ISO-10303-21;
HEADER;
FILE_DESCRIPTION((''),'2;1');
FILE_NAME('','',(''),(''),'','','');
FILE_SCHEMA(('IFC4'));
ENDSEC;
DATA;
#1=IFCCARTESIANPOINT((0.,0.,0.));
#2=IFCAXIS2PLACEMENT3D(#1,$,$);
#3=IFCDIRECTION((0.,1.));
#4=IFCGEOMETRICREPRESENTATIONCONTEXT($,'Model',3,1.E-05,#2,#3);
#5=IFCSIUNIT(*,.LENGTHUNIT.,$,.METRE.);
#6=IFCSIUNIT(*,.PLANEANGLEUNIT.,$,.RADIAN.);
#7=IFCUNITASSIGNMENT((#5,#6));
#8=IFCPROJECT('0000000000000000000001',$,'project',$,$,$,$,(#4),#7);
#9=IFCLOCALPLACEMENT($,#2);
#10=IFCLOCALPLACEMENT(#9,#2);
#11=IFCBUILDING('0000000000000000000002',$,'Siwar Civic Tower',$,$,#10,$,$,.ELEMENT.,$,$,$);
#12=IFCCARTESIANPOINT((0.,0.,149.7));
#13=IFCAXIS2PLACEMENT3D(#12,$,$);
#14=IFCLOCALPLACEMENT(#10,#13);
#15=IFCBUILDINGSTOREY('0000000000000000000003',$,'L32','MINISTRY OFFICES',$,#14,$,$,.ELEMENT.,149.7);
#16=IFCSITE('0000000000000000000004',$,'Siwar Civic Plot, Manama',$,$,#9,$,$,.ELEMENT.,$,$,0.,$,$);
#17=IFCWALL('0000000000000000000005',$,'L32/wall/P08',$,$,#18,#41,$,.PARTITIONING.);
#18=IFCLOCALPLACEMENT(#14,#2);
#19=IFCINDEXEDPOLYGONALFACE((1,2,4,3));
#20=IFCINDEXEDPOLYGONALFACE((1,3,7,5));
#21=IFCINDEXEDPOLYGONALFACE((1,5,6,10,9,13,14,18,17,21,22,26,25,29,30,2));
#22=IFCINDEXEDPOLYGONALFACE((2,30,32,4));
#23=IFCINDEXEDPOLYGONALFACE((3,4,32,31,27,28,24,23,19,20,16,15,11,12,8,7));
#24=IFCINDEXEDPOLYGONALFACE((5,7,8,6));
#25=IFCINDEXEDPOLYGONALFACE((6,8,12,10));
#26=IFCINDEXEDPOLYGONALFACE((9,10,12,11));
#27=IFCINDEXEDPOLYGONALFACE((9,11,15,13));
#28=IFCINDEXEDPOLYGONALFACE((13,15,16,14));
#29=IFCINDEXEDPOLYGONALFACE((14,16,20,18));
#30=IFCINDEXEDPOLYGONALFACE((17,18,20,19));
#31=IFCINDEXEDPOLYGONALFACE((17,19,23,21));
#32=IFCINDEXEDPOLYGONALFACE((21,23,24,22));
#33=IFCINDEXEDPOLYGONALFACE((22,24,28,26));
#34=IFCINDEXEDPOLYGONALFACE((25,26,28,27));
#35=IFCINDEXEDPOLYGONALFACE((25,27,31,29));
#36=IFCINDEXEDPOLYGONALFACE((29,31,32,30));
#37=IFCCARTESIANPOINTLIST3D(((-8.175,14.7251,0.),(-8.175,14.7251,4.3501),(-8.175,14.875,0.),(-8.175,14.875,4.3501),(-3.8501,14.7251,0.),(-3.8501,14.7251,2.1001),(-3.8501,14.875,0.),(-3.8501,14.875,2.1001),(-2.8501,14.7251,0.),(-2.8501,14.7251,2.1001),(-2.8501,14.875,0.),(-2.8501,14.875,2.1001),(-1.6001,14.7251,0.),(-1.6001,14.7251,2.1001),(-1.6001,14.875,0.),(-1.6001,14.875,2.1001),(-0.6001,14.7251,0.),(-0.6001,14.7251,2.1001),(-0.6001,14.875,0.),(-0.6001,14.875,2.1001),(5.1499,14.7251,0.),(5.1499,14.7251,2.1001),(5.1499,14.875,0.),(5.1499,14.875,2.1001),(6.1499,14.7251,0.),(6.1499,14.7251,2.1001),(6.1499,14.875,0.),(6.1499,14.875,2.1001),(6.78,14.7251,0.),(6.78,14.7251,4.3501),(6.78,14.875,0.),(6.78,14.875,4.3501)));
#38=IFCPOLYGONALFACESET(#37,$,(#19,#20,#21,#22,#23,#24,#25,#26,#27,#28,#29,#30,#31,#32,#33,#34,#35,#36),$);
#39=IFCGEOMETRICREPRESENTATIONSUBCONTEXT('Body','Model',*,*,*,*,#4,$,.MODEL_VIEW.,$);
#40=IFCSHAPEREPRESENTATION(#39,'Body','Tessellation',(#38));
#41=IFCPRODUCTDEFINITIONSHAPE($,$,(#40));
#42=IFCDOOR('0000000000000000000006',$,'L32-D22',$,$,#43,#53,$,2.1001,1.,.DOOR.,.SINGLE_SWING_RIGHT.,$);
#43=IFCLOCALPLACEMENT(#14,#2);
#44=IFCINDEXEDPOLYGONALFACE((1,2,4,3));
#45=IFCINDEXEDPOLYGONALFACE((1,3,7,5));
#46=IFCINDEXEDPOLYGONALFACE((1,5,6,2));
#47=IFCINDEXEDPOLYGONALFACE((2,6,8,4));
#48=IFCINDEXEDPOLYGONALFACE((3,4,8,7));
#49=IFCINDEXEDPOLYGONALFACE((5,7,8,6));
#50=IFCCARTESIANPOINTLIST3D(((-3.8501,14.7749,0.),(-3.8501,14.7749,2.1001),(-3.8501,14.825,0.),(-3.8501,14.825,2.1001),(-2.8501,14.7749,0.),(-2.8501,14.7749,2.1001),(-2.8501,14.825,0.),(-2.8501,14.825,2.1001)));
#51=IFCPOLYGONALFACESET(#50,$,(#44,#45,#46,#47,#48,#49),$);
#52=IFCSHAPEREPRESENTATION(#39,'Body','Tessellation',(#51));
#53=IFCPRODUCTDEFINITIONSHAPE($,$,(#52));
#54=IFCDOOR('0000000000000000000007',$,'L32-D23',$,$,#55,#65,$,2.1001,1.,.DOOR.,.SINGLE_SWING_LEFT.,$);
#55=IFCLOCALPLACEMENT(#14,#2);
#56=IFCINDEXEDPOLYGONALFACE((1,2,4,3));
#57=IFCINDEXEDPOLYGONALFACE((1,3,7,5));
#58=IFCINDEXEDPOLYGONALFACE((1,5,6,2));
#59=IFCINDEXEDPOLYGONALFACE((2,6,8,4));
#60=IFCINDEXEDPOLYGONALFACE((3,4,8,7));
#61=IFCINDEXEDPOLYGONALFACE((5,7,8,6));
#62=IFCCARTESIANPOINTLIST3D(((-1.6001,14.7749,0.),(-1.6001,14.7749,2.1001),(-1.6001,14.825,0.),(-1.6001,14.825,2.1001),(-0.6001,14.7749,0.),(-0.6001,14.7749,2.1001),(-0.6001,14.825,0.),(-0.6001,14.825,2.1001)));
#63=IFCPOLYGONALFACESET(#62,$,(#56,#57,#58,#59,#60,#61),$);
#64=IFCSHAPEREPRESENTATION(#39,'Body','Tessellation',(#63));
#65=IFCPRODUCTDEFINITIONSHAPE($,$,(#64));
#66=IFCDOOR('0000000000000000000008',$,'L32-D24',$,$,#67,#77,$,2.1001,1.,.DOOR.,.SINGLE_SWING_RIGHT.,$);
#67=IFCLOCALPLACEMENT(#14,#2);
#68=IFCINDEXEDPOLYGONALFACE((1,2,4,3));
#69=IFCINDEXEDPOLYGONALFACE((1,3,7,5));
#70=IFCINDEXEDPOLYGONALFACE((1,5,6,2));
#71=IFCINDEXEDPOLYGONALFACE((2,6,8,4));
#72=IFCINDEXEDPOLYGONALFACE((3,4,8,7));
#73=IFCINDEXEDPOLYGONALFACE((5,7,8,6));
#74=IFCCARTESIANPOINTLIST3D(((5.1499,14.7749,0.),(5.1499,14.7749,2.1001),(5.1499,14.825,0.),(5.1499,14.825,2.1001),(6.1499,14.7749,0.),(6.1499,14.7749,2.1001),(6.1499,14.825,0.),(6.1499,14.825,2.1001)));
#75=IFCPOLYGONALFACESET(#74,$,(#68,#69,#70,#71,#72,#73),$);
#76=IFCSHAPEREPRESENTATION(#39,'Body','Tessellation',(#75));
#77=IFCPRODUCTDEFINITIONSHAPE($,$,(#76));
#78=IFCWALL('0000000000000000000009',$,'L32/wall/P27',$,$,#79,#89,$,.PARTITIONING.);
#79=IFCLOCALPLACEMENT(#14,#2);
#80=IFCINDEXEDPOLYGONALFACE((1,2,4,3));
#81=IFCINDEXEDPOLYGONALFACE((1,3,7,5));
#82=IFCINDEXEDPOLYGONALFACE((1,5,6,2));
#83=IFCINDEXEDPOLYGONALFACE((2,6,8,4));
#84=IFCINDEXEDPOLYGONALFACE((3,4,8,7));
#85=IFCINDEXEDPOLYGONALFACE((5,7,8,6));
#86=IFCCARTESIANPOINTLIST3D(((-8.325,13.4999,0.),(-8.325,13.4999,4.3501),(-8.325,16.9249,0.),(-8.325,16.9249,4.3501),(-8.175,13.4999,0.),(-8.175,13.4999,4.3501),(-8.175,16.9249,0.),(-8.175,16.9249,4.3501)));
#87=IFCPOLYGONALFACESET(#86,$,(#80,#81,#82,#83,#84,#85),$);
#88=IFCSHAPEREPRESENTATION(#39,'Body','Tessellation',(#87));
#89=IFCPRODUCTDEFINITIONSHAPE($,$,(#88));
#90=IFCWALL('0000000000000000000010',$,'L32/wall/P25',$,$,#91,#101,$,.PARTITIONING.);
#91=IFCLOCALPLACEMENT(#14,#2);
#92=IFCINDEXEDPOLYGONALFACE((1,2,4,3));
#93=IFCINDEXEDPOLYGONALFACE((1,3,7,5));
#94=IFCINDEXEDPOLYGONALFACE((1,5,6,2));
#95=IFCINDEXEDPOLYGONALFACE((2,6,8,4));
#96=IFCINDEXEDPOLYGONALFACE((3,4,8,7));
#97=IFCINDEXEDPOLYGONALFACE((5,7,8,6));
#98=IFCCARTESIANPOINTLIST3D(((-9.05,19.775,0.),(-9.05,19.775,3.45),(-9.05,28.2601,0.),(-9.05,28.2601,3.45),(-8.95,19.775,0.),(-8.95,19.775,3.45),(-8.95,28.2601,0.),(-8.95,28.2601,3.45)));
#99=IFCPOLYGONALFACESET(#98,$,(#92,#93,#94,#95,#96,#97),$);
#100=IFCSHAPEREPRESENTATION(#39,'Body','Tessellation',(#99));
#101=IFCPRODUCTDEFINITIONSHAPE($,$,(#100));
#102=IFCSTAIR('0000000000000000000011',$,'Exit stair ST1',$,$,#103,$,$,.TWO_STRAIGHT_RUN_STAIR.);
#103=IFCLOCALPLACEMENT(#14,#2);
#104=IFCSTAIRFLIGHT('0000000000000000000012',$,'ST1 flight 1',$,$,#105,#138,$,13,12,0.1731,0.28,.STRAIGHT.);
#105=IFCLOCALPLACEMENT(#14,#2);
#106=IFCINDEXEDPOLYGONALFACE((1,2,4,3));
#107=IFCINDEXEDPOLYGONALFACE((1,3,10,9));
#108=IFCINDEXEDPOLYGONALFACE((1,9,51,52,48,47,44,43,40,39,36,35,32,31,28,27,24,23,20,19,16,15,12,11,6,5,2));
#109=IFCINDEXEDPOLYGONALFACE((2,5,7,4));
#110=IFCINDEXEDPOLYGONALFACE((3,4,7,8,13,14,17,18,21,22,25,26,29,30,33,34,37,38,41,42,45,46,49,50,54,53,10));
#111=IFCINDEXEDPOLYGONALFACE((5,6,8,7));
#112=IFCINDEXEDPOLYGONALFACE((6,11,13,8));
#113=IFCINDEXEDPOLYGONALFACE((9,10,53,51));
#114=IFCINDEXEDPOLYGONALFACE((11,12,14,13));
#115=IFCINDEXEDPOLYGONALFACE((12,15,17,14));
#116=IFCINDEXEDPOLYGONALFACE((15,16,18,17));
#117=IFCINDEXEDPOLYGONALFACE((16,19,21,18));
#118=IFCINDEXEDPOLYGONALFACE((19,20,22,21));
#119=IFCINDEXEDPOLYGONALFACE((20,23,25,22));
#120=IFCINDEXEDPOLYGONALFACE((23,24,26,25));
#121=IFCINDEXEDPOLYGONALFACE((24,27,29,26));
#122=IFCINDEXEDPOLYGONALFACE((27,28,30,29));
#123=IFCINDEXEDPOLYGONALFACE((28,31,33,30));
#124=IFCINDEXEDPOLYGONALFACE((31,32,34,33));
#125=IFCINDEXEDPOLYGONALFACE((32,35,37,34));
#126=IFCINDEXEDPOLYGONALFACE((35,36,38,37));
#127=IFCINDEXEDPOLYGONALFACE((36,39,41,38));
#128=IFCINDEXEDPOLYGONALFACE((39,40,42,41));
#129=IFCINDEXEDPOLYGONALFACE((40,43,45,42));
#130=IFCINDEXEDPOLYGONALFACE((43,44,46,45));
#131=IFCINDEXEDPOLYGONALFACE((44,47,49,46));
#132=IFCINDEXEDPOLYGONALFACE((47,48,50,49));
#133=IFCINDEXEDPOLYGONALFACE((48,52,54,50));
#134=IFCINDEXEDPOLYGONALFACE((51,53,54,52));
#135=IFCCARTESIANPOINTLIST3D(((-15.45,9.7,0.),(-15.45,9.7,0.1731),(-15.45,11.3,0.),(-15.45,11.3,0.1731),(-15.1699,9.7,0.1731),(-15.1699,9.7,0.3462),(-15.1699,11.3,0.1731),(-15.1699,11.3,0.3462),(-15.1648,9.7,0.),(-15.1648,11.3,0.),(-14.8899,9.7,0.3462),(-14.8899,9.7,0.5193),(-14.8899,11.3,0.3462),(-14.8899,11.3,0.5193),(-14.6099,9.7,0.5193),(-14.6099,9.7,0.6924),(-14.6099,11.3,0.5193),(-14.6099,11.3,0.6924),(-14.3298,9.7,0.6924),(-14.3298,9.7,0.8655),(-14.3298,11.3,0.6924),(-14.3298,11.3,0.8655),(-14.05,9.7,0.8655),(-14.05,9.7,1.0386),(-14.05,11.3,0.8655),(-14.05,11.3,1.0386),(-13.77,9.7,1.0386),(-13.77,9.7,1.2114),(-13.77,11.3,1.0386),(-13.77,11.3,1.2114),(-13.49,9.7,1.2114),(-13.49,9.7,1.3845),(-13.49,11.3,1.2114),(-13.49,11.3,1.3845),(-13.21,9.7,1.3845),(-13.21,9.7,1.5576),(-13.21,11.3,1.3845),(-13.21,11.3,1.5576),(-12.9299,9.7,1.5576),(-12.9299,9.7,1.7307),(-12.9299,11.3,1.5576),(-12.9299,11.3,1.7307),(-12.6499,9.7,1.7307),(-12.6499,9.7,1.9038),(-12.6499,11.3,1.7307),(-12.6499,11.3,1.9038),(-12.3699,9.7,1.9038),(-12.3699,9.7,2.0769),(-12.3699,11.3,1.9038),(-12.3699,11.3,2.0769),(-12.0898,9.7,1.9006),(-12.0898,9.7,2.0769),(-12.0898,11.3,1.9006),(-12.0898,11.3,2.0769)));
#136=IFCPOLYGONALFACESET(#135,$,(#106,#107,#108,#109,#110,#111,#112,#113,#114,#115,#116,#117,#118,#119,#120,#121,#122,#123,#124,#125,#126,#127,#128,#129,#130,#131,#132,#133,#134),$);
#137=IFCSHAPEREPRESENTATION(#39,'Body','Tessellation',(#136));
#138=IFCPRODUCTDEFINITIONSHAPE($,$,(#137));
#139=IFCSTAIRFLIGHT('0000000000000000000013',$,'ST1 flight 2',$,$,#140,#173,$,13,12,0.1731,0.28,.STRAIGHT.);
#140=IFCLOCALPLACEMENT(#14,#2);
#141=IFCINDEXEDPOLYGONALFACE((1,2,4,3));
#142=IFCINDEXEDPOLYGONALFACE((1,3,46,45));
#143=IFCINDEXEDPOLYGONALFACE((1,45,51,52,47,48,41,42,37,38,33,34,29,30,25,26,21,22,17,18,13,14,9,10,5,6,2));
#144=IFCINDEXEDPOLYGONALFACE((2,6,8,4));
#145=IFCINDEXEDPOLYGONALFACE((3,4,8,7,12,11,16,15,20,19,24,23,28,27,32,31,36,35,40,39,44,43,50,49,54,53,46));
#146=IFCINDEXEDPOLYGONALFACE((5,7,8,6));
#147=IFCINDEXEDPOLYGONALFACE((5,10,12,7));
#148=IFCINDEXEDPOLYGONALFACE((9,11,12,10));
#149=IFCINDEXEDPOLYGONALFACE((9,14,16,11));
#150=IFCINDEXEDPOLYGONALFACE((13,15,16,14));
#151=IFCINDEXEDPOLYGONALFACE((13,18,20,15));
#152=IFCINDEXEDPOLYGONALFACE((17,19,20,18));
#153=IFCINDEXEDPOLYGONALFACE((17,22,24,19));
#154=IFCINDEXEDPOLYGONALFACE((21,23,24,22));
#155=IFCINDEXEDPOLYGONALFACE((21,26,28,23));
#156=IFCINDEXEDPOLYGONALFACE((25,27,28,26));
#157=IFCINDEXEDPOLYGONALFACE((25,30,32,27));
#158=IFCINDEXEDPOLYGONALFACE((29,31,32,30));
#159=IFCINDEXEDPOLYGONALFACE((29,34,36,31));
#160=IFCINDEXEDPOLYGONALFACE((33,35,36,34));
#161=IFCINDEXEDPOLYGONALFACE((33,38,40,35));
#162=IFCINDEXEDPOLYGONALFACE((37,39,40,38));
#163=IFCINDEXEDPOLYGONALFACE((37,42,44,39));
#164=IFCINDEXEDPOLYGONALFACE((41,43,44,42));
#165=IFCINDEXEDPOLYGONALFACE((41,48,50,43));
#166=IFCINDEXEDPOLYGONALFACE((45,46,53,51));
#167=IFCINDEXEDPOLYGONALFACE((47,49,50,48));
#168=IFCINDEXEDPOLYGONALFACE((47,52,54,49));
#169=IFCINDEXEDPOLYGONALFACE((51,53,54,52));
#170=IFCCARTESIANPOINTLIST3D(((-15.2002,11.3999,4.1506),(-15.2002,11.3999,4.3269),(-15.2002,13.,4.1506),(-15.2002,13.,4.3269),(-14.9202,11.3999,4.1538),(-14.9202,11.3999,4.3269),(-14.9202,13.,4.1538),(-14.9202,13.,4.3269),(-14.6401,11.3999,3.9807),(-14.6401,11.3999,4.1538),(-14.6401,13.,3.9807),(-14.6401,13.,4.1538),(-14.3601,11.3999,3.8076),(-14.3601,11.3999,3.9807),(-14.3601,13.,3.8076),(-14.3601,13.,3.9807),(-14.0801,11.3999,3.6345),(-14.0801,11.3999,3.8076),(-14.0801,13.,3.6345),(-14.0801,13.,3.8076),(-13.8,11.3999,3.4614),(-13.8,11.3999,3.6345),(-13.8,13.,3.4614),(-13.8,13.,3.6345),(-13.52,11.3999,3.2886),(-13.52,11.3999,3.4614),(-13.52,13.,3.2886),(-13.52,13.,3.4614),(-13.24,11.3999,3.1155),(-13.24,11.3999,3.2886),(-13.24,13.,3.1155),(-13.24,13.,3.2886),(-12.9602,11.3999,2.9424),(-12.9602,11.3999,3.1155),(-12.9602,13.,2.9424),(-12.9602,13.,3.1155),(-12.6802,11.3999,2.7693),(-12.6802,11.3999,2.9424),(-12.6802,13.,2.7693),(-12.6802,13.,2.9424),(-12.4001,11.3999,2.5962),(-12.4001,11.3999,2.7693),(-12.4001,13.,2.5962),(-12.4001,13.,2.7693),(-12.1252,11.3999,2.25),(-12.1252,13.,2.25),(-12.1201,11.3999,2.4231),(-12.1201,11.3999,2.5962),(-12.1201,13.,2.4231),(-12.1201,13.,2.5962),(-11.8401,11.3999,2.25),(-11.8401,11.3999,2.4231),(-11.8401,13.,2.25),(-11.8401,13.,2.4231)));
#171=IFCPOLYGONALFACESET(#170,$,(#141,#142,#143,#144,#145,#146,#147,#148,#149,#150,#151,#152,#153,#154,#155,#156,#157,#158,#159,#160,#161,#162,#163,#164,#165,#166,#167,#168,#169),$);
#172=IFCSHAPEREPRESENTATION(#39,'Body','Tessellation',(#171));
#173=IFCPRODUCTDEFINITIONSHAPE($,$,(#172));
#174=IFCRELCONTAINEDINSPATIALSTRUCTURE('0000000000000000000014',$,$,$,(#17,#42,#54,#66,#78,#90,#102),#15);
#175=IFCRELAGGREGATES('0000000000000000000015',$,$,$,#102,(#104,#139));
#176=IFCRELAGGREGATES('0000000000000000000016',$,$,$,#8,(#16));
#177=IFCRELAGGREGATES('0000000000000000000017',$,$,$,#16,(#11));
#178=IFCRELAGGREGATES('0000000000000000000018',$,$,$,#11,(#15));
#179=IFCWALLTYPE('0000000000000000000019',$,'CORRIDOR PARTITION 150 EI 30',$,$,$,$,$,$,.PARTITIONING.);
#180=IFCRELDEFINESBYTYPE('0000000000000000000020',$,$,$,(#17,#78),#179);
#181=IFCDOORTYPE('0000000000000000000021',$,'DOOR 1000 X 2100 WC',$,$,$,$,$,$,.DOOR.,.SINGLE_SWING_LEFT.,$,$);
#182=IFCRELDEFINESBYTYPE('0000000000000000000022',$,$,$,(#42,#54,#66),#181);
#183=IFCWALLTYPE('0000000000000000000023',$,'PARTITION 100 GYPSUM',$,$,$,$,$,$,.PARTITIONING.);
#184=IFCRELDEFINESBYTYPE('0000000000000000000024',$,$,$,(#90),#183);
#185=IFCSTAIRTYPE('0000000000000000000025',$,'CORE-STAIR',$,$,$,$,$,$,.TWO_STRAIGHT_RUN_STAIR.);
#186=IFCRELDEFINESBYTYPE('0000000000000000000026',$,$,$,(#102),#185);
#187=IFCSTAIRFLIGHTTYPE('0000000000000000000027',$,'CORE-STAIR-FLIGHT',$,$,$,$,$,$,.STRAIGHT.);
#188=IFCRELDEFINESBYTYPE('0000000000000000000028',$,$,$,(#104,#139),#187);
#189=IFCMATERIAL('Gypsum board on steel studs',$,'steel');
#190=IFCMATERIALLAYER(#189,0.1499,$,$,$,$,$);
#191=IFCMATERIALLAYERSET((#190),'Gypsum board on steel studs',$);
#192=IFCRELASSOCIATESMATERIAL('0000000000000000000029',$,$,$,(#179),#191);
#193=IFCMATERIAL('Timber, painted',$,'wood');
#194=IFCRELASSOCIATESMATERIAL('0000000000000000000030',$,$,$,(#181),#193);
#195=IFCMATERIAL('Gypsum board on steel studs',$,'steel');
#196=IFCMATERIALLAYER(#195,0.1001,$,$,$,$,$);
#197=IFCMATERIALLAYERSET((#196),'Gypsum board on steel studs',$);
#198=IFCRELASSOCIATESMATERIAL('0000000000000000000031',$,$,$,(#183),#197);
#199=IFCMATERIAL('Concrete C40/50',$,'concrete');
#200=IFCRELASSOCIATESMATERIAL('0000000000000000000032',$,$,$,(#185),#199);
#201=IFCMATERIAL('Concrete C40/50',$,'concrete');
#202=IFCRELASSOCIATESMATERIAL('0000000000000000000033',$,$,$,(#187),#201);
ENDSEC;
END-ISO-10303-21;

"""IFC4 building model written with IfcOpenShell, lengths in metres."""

from ifc_helpers import new_model, si_unit, direction, frame, frame_2d, origin, place, context, subcontext, project, spatial, polyline, rectangle, outline, extrude, material, layer, layer_set, type_object, element, fill, aggregate, save


model = new_model("IFC4")

# Units and contexts
model_context = context("Model", 3, precision=1e-05, world=origin(), true_north=direction((0.0, 1.0)))
body_context = subcontext(model_context, "Body", "Model", "MODEL_VIEW")
ifc_project = project(units=[si_unit("LENGTHUNIT", "METRE"), si_unit("PLANEANGLEUNIT", "RADIAN")], contexts=[model_context])

# Site, building, storey
site_placement = place(None, origin())
site = spatial("IfcSite", under=ifc_project, at=site_placement, Name="Siwar Civic Plot, Manama", CompositionType="ELEMENT", RefElevation=0.0)
building_placement = place(site_placement, origin())
building = spatial("IfcBuilding", under=site, at=building_placement, Name="Siwar Civic Tower", CompositionType="ELEMENT")
storey_placement = place(building_placement, frame((0.0, 0.0, 149.7)))
storey = spatial("IfcBuildingStorey", under=building, at=storey_placement, Name="L32", Description="MINISTRY OFFICES", CompositionType="ELEMENT", Elevation=149.7)

# Wall, openings, doors
ifc_material_1 = material(Name="Gypsum board on steel studs", Category="steel")
ifc_layer_1 = layer(ifc_material_1, 0.1499)
ifc_layer_set_1 = layer_set([ifc_layer_1], Name="Gypsum board on steel studs")
wall_type_1 = type_object("IfcWallType", Name="CORRIDOR PARTITION 150 EI 30", PredefinedType="PARTITIONING", material=ifc_layer_set_1)
wall_1_placement = place(storey_placement, frame((-8.175, 14.8, 0.0), z_axis=(0.0, 0.0, 1.0), x_axis=(1.0, 0.0, 0.0)))
wall_1 = element("IfcWall", 1, at=wall_1_placement, inside=storey, type_object=wall_type_1, Name="L32/wall/P08", PredefinedType="PARTITIONING", context=body_context, shape_type="SweptSolid", body=[
    extrude(rectangle(XDim=14.9551, YDim=0.1499, at=frame_2d((7.4775, 0.0))), origin(), (0.0, 0.0, 1.0), 4.3501),
])
opening_1_placement = place(wall_1_placement, frame((4.325, 0.0, 0.0)))
opening_1 = element("IfcOpeningElement", 2, at=opening_1_placement, cuts=wall_1, PredefinedType="OPENING", context=body_context, shape_type="SweptSolid", body=[
    extrude(rectangle(XDim=1.0, YDim=2.1001, at=frame_2d((0.5, 1.05))), frame((0.0, 0.085, 0.0), z_axis=(0.0, -1.0, 0.0), x_axis=(1.0, 0.0, 0.0)), (0.0, 0.0, 1.0), 0.1699),
])
opening_2_placement = place(wall_1_placement, frame((6.575, 0.0, 0.0)))
opening_2 = element("IfcOpeningElement", 3, at=opening_2_placement, cuts=wall_1, PredefinedType="OPENING", context=body_context, shape_type="SweptSolid", body=[
    extrude(rectangle(XDim=1.0, YDim=2.1001, at=frame_2d((0.5, 1.05))), frame((0.0, 0.085, 0.0), z_axis=(0.0, -1.0, 0.0), x_axis=(1.0, 0.0, 0.0)), (0.0, 0.0, 1.0), 0.1699),
])
opening_3_placement = place(wall_1_placement, frame((13.325, 0.0, 0.0)))
opening_3 = element("IfcOpeningElement", 4, at=opening_3_placement, cuts=wall_1, PredefinedType="OPENING", context=body_context, shape_type="SweptSolid", body=[
    extrude(rectangle(XDim=1.0, YDim=2.1001, at=frame_2d((0.5, 1.05))), frame((0.0, 0.085, 0.0), z_axis=(0.0, -1.0, 0.0), x_axis=(1.0, 0.0, 0.0)), (0.0, 0.0, 1.0), 0.1699),
])
ifc_material_2 = material(Name="Timber, painted", Category="wood")
door_type_1 = type_object("IfcDoorType", Name="DOOR 1000 X 2100 WC", OperationType="SINGLE_SWING_LEFT", PredefinedType="DOOR", material=ifc_material_2)
door_1_placement = place(opening_1_placement, origin())
door_1 = element("IfcDoor", 5, at=door_1_placement, inside=storey, type_object=door_type_1, Name="L32-D22", OperationType="SINGLE_SWING_RIGHT", OverallHeight=2.1001, OverallWidth=1.0, PredefinedType="DOOR", context=body_context, shape_type="SweptSolid", body=[
    extrude(rectangle(XDim=1.0, YDim=2.1001, at=frame_2d((0.5, 1.05))), frame((0.0, 0.0249, 0.0), z_axis=(0.0, -1.0, 0.0), x_axis=(1.0, 0.0, 0.0)), (0.0, 0.0, 1.0), 0.05),
])
fill(opening_1, door_1)
door_2_placement = place(opening_2_placement, origin())
door_2 = element("IfcDoor", 6, at=door_2_placement, inside=storey, type_object=door_type_1, Name="L32-D23", OperationType="SINGLE_SWING_LEFT", OverallHeight=2.1001, OverallWidth=1.0, PredefinedType="DOOR", context=body_context, shape_type="SweptSolid", body=[
    extrude(rectangle(XDim=1.0, YDim=2.1001, at=frame_2d((0.5, 1.05))), frame((0.0, 0.0249, 0.0), z_axis=(0.0, -1.0, 0.0), x_axis=(1.0, 0.0, 0.0)), (0.0, 0.0, 1.0), 0.05),
])
fill(opening_2, door_2)
door_3_placement = place(opening_3_placement, origin())
door_3 = element("IfcDoor", 7, at=door_3_placement, inside=storey, type_object=door_type_1, Name="L32-D24", OperationType="SINGLE_SWING_RIGHT", OverallHeight=2.1001, OverallWidth=1.0, PredefinedType="DOOR", context=body_context, shape_type="SweptSolid", body=[
    extrude(rectangle(XDim=1.0, YDim=2.1001, at=frame_2d((0.5, 1.05))), frame((0.0, 0.0249, 0.0), z_axis=(0.0, -1.0, 0.0), x_axis=(1.0, 0.0, 0.0)), (0.0, 0.0, 1.0), 0.05),
])
fill(opening_3, door_3)

# Walls
wall_2_placement = place(storey_placement, frame((-8.25, 13.5, 0.0), z_axis=(0.0, 0.0, 1.0), x_axis=(0.0, 1.0, 0.0)))
element("IfcWall", 8, at=wall_2_placement, inside=storey, type_object=wall_type_1, Name="L32/wall/P27", PredefinedType="PARTITIONING", context=body_context, shape_type="SweptSolid", body=[
    extrude(rectangle(XDim=3.425, YDim=0.1499, at=frame_2d((1.7124, 0.0))), origin(), (0.0, 0.0, 1.0), 4.3501),
])
ifc_material_3 = material(Name="Gypsum board on steel studs", Category="steel")
ifc_layer_2 = layer(ifc_material_3, 0.1001)
ifc_layer_set_2 = layer_set([ifc_layer_2], Name="Gypsum board on steel studs")
wall_type_2 = type_object("IfcWallType", Name="PARTITION 100 GYPSUM", PredefinedType="PARTITIONING", material=ifc_layer_set_2)
wall_3_placement = place(storey_placement, frame((-9.0, 19.7749, 0.0), z_axis=(0.0, 0.0, 1.0), x_axis=(0.0, 1.0, 0.0)))
element("IfcWall", 9, at=wall_3_placement, inside=storey, type_object=wall_type_2, Name="L32/wall/P25", PredefinedType="PARTITIONING", context=body_context, shape_type="SweptSolid", body=[
    extrude(rectangle(XDim=8.4851, YDim=0.1001, at=frame_2d((4.2427, 0.0))), origin(), (0.0, 0.0, 1.0), 3.45),
])

# Stair, stair flights
ifc_material_4 = material(Name="Concrete C40/50", Category="concrete")
stair_type = type_object("IfcStairType", Name="CORE-STAIR", PredefinedType="TWO_STRAIGHT_RUN_STAIR", material=ifc_material_4)
stair_placement = place(storey_placement, origin())
stair = element("IfcStair", 10, at=stair_placement, inside=storey, type_object=stair_type, Name="Exit stair ST1", PredefinedType="TWO_STRAIGHT_RUN_STAIR")
ifc_material_5 = material(Name="Concrete C40/50", Category="concrete")
stair_flight_type = type_object("IfcStairFlightType", Name="CORE-STAIR-FLIGHT", PredefinedType="STRAIGHT", material=ifc_material_5)
stair_flight_1_placement = place(storey_placement, frame((-15.45, 10.5, 0.0), z_axis=(0.0, 0.0, 1.0), x_axis=(1.0, 0.0, 0.0)))
stair_flight_1 = element("IfcStairFlight", 11, at=stair_flight_1_placement, type_object=stair_flight_type, Name="ST1 flight 1", NumberOfRisers=13, NumberOfTreads=12, PredefinedType="STRAIGHT", RiserHeight=0.1731, TreadLength=0.28, context=body_context, shape_type="SweptSolid", body=[
    extrude(outline(polyline([(0.0, 0.0), (0.0, 0.1731), (0.28, 0.1731), (0.28, 0.3462), (0.5601, 0.3462), (0.5601, 0.5193), (0.8401, 0.5193), (0.8401, 0.6924), (1.1201, 0.6924), (1.1201, 0.8655), (1.3999, 0.8655), (1.3999, 1.0386), (1.6799, 1.0386), (1.6799, 1.2114), (1.96, 1.2114), (1.96, 1.3845), (2.24, 1.3845), (2.24, 1.5576), (2.52, 1.5576), (2.52, 1.7307), (2.8, 1.7307), (2.8, 1.9038), (3.0801, 1.9038), (3.0801, 2.0769), (3.3601, 2.0769), (3.3601, 2.25), (3.3601, 1.9006), (0.2852, 0.0), (0.0, 0.0)])), frame((0.0, 0.8, 0.0), z_axis=(0.0, -1.0, 0.0), x_axis=(1.0, 0.0, 0.0)), (0.0, 0.0, 1.0), 1.6001),
])
stair_flight_2_placement = place(storey_placement, frame((-11.8401, 12.2, 2.25), z_axis=(0.0, 0.0, 1.0), x_axis=(-1.0, 0.0, 0.0)))
stair_flight_2 = element("IfcStairFlight", 12, at=stair_flight_2_placement, type_object=stair_flight_type, Name="ST1 flight 2", NumberOfRisers=13, NumberOfTreads=12, PredefinedType="STRAIGHT", RiserHeight=0.1731, TreadLength=0.28, context=body_context, shape_type="SweptSolid", body=[
    extrude(outline(polyline([(0.0, 0.0), (0.0, 0.1731), (0.28, 0.1731), (0.28, 0.3462), (0.5601, 0.3462), (0.5601, 0.5193), (0.8401, 0.5193), (0.8401, 0.6924), (1.1201, 0.6924), (1.1201, 0.8655), (1.3999, 0.8655), (1.3999, 1.0386), (1.6799, 1.0386), (1.6799, 1.2114), (1.96, 1.2114), (1.96, 1.3845), (2.24, 1.3845), (2.24, 1.5576), (2.52, 1.5576), (2.52, 1.7307), (2.8, 1.7307), (2.8, 1.9038), (3.0801, 1.9038), (3.0801, 2.0769), (3.3601, 2.0769), (3.3601, 2.25), (3.3601, 1.9006), (0.2852, 0.0), (0.0, 0.0)])), frame((0.0, 0.8, 0.0), z_axis=(0.0, -1.0, 0.0), x_axis=(1.0, 0.0, 0.0)), (0.0, 0.0, 1.0), 1.6001),
])
aggregate(stair, [stair_flight_1, stair_flight_2])

save(model, "model.ifc")
